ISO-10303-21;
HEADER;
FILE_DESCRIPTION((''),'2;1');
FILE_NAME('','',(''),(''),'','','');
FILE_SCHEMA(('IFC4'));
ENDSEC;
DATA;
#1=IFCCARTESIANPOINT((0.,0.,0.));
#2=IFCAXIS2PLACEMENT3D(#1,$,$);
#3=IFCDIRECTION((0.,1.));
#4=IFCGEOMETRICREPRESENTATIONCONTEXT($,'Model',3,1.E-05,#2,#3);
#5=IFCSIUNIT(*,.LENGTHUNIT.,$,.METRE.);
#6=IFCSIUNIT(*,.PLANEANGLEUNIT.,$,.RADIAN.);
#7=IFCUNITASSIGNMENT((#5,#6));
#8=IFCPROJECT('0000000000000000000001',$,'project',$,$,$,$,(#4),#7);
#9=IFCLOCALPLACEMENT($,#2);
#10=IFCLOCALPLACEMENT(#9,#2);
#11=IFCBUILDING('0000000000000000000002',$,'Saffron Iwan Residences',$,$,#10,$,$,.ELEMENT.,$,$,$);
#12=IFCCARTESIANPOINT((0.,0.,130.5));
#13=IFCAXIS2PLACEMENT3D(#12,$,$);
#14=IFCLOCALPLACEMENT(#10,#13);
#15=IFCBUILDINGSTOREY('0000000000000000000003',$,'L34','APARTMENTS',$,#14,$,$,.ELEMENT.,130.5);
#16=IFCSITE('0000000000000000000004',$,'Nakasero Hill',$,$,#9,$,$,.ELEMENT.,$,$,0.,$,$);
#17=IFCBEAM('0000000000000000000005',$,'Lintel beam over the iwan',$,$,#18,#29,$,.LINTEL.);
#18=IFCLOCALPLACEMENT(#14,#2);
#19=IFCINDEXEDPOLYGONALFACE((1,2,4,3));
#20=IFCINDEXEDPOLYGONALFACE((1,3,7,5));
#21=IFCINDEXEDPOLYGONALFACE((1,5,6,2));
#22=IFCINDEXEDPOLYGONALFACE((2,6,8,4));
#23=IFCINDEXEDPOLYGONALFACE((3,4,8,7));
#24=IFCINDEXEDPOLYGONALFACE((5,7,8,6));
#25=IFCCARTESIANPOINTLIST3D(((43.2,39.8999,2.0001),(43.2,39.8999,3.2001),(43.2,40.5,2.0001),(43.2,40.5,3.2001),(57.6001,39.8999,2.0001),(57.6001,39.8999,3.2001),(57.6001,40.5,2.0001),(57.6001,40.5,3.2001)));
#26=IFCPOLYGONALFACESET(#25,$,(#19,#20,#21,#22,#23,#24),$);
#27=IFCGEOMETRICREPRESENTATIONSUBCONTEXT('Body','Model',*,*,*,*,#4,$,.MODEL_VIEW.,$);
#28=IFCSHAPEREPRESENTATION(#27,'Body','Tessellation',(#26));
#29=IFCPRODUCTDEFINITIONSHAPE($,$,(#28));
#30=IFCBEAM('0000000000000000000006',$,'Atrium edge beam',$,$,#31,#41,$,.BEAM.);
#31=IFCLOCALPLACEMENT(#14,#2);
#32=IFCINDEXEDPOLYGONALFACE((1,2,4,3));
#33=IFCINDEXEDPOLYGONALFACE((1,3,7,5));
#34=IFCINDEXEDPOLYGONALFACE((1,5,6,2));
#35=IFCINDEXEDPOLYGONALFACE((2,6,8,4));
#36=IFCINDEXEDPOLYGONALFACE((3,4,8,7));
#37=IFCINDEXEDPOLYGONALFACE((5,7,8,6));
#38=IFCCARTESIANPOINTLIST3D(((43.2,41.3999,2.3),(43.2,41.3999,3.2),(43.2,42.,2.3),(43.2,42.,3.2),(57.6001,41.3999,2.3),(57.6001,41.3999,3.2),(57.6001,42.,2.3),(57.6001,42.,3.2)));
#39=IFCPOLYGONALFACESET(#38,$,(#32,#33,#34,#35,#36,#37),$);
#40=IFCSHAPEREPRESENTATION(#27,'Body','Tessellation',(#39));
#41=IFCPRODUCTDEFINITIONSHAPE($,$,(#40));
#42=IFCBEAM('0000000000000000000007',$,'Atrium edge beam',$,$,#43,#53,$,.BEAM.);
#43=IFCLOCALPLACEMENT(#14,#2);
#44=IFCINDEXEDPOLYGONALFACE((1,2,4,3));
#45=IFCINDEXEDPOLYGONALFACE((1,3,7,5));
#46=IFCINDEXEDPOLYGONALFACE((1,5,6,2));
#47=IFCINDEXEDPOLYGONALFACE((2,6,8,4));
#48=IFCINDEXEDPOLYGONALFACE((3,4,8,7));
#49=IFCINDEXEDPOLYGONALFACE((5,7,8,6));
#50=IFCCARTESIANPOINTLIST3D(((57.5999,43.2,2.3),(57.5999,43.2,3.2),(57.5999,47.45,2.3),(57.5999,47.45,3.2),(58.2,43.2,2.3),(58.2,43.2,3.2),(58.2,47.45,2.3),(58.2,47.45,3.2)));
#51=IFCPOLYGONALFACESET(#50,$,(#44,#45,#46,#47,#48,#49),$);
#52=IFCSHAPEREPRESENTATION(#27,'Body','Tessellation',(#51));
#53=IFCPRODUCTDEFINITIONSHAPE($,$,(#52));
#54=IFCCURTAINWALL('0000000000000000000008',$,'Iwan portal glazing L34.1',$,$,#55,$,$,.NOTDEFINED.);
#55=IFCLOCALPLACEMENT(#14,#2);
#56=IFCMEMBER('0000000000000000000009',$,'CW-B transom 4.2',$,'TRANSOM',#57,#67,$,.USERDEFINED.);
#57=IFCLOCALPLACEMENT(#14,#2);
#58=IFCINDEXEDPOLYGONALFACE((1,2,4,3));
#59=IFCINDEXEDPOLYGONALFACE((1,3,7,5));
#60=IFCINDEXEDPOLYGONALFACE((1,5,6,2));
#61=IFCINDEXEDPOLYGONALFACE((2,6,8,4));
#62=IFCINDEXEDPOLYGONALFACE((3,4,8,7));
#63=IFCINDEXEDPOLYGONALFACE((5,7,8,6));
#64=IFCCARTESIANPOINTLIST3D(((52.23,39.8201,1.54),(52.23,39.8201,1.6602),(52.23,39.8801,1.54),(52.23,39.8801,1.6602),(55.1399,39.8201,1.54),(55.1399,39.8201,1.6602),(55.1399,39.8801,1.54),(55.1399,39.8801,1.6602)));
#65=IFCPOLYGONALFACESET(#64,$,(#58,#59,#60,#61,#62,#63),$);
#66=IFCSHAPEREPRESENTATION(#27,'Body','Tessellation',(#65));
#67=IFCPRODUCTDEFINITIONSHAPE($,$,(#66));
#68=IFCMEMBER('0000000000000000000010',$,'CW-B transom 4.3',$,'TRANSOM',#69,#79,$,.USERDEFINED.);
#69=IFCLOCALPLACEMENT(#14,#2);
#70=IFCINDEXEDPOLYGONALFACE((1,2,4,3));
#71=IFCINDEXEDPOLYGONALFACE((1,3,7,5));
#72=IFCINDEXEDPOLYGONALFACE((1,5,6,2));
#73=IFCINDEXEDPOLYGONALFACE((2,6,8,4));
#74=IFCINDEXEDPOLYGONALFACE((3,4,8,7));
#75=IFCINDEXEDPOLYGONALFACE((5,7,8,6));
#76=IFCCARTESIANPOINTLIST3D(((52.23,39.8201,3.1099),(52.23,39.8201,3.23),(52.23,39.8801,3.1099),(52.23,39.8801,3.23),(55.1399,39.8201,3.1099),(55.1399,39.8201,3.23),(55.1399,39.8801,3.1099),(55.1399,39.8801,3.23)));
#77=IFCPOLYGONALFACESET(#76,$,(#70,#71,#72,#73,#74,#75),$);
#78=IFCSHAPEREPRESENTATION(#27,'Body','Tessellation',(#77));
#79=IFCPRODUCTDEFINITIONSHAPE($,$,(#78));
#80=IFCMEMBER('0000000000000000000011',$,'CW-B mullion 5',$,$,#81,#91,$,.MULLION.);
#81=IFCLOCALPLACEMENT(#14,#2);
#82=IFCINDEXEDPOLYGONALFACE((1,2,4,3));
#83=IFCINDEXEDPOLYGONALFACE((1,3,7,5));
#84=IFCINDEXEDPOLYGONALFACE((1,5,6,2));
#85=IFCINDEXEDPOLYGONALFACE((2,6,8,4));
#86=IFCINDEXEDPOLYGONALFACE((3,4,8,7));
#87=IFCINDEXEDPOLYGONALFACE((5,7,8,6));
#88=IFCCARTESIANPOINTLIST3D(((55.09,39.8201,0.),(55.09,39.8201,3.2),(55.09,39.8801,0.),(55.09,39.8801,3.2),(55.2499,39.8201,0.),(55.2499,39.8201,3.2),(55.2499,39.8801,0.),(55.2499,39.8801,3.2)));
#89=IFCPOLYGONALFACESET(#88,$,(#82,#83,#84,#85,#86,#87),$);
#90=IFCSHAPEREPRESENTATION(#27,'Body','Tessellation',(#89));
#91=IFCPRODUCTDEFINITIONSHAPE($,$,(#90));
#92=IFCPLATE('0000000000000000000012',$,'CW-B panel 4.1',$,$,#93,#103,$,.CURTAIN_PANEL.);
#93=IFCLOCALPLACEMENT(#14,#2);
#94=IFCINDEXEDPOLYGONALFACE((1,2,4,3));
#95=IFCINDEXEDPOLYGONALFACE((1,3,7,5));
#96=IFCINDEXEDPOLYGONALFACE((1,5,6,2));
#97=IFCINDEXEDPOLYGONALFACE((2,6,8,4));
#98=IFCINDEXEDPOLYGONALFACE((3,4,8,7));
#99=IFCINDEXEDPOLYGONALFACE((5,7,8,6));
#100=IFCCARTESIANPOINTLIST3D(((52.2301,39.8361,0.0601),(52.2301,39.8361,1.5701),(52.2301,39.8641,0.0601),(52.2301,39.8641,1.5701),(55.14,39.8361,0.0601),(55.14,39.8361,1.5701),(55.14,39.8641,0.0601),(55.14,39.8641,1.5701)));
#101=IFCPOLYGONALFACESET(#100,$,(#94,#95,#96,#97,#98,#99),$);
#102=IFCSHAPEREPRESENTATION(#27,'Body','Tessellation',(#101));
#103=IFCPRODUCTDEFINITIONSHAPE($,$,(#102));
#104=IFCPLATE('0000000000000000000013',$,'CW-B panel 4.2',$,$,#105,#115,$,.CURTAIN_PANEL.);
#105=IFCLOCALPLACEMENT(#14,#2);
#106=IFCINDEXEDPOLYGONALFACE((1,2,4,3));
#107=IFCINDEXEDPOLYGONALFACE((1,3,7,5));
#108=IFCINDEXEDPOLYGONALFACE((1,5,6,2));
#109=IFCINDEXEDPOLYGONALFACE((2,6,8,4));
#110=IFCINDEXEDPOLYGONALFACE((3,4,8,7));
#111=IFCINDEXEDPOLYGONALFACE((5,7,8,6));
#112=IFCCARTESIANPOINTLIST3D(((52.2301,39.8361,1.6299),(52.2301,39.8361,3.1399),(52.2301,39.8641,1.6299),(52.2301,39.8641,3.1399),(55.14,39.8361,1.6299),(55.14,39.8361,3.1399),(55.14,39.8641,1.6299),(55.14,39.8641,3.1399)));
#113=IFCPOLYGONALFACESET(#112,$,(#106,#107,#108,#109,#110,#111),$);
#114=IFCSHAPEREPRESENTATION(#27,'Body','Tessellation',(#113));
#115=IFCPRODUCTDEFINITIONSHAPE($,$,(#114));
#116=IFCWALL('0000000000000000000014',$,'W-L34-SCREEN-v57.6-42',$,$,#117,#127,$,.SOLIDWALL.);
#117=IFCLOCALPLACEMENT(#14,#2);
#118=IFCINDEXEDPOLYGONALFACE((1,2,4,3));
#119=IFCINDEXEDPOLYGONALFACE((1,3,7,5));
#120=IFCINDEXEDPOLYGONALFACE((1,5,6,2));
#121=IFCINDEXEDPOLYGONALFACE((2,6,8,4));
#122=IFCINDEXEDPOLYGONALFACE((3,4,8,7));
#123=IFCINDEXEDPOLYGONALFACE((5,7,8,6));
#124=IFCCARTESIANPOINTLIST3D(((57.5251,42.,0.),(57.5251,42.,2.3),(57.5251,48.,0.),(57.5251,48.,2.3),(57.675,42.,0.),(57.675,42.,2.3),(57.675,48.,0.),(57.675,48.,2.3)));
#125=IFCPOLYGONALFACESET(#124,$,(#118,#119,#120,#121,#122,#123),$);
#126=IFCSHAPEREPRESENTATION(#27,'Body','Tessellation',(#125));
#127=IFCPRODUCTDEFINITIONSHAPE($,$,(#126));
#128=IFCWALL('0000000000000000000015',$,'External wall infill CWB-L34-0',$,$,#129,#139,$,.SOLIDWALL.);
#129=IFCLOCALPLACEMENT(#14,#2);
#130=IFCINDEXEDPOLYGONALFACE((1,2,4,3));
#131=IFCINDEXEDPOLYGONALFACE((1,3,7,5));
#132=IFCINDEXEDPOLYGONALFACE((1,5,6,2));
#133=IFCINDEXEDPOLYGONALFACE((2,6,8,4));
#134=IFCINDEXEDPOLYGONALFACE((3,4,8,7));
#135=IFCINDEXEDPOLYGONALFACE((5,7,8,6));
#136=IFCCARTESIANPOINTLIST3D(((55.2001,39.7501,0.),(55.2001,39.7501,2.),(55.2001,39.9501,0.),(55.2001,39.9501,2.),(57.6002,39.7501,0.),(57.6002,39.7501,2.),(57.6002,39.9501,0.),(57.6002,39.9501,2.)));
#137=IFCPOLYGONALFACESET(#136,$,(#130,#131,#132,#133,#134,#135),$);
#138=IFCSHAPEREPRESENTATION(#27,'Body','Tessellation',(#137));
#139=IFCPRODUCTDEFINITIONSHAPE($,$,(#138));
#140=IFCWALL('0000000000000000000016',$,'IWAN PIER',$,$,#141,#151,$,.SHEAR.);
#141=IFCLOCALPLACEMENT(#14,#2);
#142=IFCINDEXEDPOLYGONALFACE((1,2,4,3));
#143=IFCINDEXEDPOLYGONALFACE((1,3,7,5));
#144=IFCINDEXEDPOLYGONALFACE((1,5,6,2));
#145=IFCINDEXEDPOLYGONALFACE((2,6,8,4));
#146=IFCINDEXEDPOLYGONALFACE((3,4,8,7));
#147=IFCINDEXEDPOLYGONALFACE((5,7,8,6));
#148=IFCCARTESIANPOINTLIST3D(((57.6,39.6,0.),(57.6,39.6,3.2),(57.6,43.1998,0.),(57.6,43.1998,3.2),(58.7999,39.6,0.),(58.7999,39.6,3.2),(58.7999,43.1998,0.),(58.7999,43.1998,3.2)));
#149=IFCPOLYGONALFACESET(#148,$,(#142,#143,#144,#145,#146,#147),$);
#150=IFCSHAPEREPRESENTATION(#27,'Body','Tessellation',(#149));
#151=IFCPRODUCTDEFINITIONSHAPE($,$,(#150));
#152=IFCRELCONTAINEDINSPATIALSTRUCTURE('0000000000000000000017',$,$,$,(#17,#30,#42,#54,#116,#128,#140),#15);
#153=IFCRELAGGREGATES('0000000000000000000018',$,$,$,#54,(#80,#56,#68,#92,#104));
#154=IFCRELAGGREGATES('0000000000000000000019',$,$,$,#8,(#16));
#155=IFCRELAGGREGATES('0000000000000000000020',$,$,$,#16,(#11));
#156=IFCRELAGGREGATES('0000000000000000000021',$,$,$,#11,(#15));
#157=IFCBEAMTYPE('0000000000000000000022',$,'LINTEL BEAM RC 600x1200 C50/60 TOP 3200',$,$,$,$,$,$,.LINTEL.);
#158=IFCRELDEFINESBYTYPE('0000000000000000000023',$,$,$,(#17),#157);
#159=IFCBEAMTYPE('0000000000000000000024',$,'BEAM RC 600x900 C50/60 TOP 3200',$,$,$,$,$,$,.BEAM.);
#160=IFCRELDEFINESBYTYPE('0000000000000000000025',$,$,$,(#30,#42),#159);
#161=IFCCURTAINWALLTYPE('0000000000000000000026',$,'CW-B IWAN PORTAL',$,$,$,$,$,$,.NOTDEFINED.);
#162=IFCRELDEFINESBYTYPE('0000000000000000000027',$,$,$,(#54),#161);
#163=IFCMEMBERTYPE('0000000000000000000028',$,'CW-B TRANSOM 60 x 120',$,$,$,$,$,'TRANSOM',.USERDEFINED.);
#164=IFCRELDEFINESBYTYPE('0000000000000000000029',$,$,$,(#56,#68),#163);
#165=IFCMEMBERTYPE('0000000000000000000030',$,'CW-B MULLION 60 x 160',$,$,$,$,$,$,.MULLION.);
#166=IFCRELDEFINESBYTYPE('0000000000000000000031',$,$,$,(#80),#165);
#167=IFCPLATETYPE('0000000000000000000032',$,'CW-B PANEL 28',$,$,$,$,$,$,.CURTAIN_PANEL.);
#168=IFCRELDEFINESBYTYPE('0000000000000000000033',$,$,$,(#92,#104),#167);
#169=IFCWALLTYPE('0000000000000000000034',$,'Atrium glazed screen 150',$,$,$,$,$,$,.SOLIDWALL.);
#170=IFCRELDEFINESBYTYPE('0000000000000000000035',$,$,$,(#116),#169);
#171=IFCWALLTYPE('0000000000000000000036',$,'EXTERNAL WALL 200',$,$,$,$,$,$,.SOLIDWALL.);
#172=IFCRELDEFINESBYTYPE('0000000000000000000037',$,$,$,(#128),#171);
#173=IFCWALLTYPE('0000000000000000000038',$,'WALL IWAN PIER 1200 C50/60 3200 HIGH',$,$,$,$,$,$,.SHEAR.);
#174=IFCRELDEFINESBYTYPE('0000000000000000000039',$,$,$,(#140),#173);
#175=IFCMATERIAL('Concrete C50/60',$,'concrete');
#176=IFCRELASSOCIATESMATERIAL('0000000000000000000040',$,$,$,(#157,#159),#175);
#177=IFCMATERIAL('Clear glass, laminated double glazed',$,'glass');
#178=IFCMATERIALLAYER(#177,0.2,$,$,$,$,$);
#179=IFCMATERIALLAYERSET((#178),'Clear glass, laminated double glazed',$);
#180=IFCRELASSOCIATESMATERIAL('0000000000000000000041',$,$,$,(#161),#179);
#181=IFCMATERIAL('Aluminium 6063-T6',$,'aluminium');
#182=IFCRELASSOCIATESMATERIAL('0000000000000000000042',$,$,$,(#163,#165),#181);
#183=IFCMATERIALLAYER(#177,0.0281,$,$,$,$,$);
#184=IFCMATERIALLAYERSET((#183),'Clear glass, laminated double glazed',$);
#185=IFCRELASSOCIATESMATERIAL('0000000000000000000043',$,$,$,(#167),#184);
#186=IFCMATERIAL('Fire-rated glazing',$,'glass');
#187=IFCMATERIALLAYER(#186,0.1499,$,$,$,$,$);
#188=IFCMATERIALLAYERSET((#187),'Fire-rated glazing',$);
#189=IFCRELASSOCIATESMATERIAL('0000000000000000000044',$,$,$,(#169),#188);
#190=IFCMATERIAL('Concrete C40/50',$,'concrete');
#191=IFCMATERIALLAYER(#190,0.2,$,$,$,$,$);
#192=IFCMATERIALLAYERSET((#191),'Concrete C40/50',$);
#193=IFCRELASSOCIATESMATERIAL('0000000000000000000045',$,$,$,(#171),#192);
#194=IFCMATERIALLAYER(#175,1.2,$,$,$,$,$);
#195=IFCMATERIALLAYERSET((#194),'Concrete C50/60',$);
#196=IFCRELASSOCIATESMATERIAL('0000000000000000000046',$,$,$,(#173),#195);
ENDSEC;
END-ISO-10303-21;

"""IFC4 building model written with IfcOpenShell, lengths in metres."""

from ifc_helpers import new_model, si_unit, direction, frame, frame_2d, origin, origin_2d, place, context, subcontext, project, spatial, rectangle, extrude, source, transform, mapped, material, layer, layer_set, material_profile, profile_set, type_object, element, aggregate, save


model = new_model("IFC4")

# Units and contexts
model_context = context("Model", 3, precision=1e-05, world=origin(), true_north=direction((0.0, 1.0)))
body_context = subcontext(model_context, "Body", "Model", "MODEL_VIEW")
ifc_project = project(units=[si_unit("LENGTHUNIT", "METRE"), si_unit("PLANEANGLEUNIT", "RADIAN")], contexts=[model_context])

# Site, building, storey
site_placement = place(None, origin())
site = spatial("IfcSite", under=ifc_project, at=site_placement, Name="Nakasero Hill", CompositionType="ELEMENT", RefElevation=0.0)
building_placement = place(site_placement, origin())
building = spatial("IfcBuilding", under=site, at=building_placement, Name="Saffron Iwan Residences", CompositionType="ELEMENT")
storey_placement = place(building_placement, frame((0.0, 0.0, 130.5)))
storey = spatial("IfcBuildingStorey", under=building, at=storey_placement, Name="L34", Description="APARTMENTS", CompositionType="ELEMENT", Elevation=130.5)

# Beams
ifc_material_1 = material(Name="Concrete C50/60", Category="concrete")
ifc_material_profile_1 = material_profile(ifc_material_1, rectangle(XDim=0.6001, YDim=1.2, at=origin_2d()), Name="RC 600x1200")
ifc_profile_set_1 = profile_set([ifc_material_profile_1], Name="Concrete C50/60")
beam_type_1 = type_object("IfcBeamType", Name="LINTEL BEAM RC 600x1200 C50/60 TOP 3200", PredefinedType="LINTEL", material=ifc_profile_set_1)
shared_shape_1 = source(origin(), body_context, "Body", "SweptSolid", [
    extrude(rectangle(XDim=0.6001, YDim=1.2, at=origin_2d()), origin(), (0.0, 0.0, 1.0), 14.4001),
])
beam_1_placement = place(storey_placement, frame((57.6001, 40.2, 2.6001), z_axis=(-1.0, 0.0, 0.0), x_axis=(0.0, -1.0, 0.0)))
element("IfcBeam", 1, at=beam_1_placement, inside=storey, type_object=beam_type_1, Name="Lintel beam over the iwan", PredefinedType="LINTEL", context=body_context, shape_type="MappedRepresentation", body=[
    mapped(shared_shape_1, transform((0.0, 0.0, 0.0))),
])
ifc_material_profile_2 = material_profile(ifc_material_1, rectangle(XDim=0.6001, YDim=0.8999, at=origin_2d()), Name="RC 600x900")
ifc_profile_set_2 = profile_set([ifc_material_profile_2], Name="Concrete C50/60")
beam_type_2 = type_object("IfcBeamType", Name="BEAM RC 600x900 C50/60 TOP 3200", PredefinedType="BEAM", material=ifc_profile_set_2)
shared_shape_2 = source(origin(), body_context, "Body", "SweptSolid", [
    extrude(rectangle(XDim=0.6001, YDim=0.8999, at=origin_2d()), origin(), (0.0, 0.0, 1.0), 14.4001),
])
beam_2_placement = place(storey_placement, frame((57.6001, 41.7, 2.75), z_axis=(-1.0, 0.0, 0.0), x_axis=(0.0, -1.0, 0.0)))
element("IfcBeam", 2, at=beam_2_placement, inside=storey, type_object=beam_type_2, Name="Atrium edge beam", PredefinedType="BEAM", context=body_context, shape_type="MappedRepresentation", body=[
    mapped(shared_shape_2, transform((0.0, 0.0, 0.0))),
])
shared_shape_3 = source(origin(), body_context, "Body", "SweptSolid", [
    extrude(rectangle(XDim=0.6001, YDim=0.8999, at=origin_2d()), origin(), (0.0, 0.0, 1.0), 4.25),
])
beam_3_placement = place(storey_placement, frame((57.8999, 47.45, 2.75), z_axis=(0.0, -1.0, 0.0), x_axis=(1.0, 0.0, 0.0)))
element("IfcBeam", 3, at=beam_3_placement, inside=storey, type_object=beam_type_2, Name="Atrium edge beam", PredefinedType="BEAM", context=body_context, shape_type="MappedRepresentation", body=[
    mapped(shared_shape_3, transform((0.0, 0.0, 0.0))),
])

# Curtain wall, members, plates
ifc_material_2 = material(Name="Clear glass, laminated double glazed", Category="glass")
ifc_layer_1 = layer(ifc_material_2, 0.2)
ifc_layer_set_1 = layer_set([ifc_layer_1], Name="Clear glass, laminated double glazed")
curtain_wall_type = type_object("IfcCurtainWallType", Name="CW-B IWAN PORTAL", PredefinedType="NOTDEFINED", material=ifc_layer_set_1)
curtain_wall_placement = place(storey_placement, origin())
curtain_wall = element("IfcCurtainWall", 4, at=curtain_wall_placement, inside=storey, type_object=curtain_wall_type, Name="Iwan portal glazing L34.1", PredefinedType="NOTDEFINED")
ifc_material_3 = material(Name="Aluminium 6063-T6", Category="aluminium")
ifc_material_profile_3 = material_profile(ifc_material_3, rectangle(XDim=0.0601, YDim=0.1201, at=origin_2d()), Name="CW-B TRANSOM 60 x 120")
ifc_profile_set_3 = profile_set([ifc_material_profile_3], Name="Aluminium 6063-T6")
member_type_1 = type_object("IfcMemberType", Name="CW-B TRANSOM 60 x 120", ElementType="TRANSOM", PredefinedType="USERDEFINED", material=ifc_profile_set_3)
shared_shape_4 = source(origin(), body_context, "Body", "SweptSolid", [
    extrude(rectangle(XDim=0.0601, YDim=0.1201, at=origin_2d()), origin(), (0.0, 0.0, 1.0), 2.9099),
])
member_1_placement = place(storey_placement, frame((52.23, 39.8501, 1.6001), z_axis=(1.0, 0.0, 0.0), x_axis=(0.0, 1.0, 0.0)))
member_1 = element("IfcMember", 5, at=member_1_placement, type_object=member_type_1, Name="CW-B transom 4.2", ObjectType="TRANSOM", PredefinedType="USERDEFINED", context=body_context, shape_type="MappedRepresentation", body=[
    mapped(shared_shape_4, transform((0.0, 0.0, 0.0))),
])
member_2_placement = place(storey_placement, frame((52.23, 39.8501, 3.1699), z_axis=(1.0, 0.0, 0.0), x_axis=(0.0, 1.0, 0.0)))
member_2 = element("IfcMember", 6, at=member_2_placement, type_object=member_type_1, Name="CW-B transom 4.3", ObjectType="TRANSOM", PredefinedType="USERDEFINED", context=body_context, shape_type="MappedRepresentation", body=[
    mapped(shared_shape_4, transform((0.0, 0.0, 0.0))),
])
ifc_material_profile_4 = material_profile(ifc_material_3, rectangle(XDim=0.0601, YDim=0.1599, at=origin_2d()), Name="CW-B MULLION 60 x 160")
ifc_profile_set_4 = profile_set([ifc_material_profile_4], Name="Aluminium 6063-T6")
member_type_2 = type_object("IfcMemberType", Name="CW-B MULLION 60 x 160", PredefinedType="MULLION", material=ifc_profile_set_4)
shared_shape_5 = source(origin(), body_context, "Body", "SweptSolid", [
    extrude(rectangle(XDim=0.0601, YDim=0.1599, at=origin_2d()), origin(), (0.0, 0.0, 1.0), 3.2),
])
member_3_placement = place(storey_placement, frame((55.1699, 39.8501, 0.0), z_axis=(0.0, 0.0, 1.0), x_axis=(0.0, 1.0, 0.0)))
member_3 = element("IfcMember", 7, at=member_3_placement, type_object=member_type_2, Name="CW-B mullion 5", PredefinedType="MULLION", context=body_context, shape_type="MappedRepresentation", body=[
    mapped(shared_shape_5, transform((0.0, 0.0, 0.0))),
])
ifc_layer_2 = layer(ifc_material_2, 0.0281)
ifc_layer_set_2 = layer_set([ifc_layer_2], Name="Clear glass, laminated double glazed")
plate_type = type_object("IfcPlateType", Name="CW-B PANEL 28", PredefinedType="CURTAIN_PANEL", material=ifc_layer_set_2)
shared_shape_6 = source(origin(), body_context, "Body", "SweptSolid", [
    extrude(rectangle(XDim=2.9099, YDim=0.0281, at=origin_2d()), origin(), (0.0, 0.0, 1.0), 1.51),
])
plate_1_placement = place(storey_placement, frame((53.6851, 39.8501, 0.0601), z_axis=(0.0, 0.0, 1.0), x_axis=(1.0, 0.0, 0.0)))
plate_1 = element("IfcPlate", 8, at=plate_1_placement, type_object=plate_type, Name="CW-B panel 4.1", PredefinedType="CURTAIN_PANEL", context=body_context, shape_type="MappedRepresentation", body=[
    mapped(shared_shape_6, transform((0.0, 0.0, 0.0))),
])
plate_2_placement = place(storey_placement, frame((53.6851, 39.8501, 1.6299), z_axis=(0.0, 0.0, 1.0), x_axis=(1.0, 0.0, 0.0)))
plate_2 = element("IfcPlate", 9, at=plate_2_placement, type_object=plate_type, Name="CW-B panel 4.2", PredefinedType="CURTAIN_PANEL", context=body_context, shape_type="MappedRepresentation", body=[
    mapped(shared_shape_6, transform((0.0, 0.0, 0.0))),
])
aggregate(curtain_wall, [member_3, member_1, member_2, plate_1, plate_2])

# Walls
ifc_material_4 = material(Name="Fire-rated glazing", Category="glass")
ifc_layer_3 = layer(ifc_material_4, 0.1499)
ifc_layer_set_3 = layer_set([ifc_layer_3], Name="Fire-rated glazing")
wall_type_1 = type_object("IfcWallType", Name="Atrium glazed screen 150", PredefinedType="SOLIDWALL", material=ifc_layer_set_3)
wall_1_placement = place(storey_placement, frame((57.6001, 42.0, 0.0), z_axis=(0.0, 0.0, 1.0), x_axis=(0.0, 1.0, 0.0)))
element("IfcWall", 10, at=wall_1_placement, inside=storey, type_object=wall_type_1, Name="W-L34-SCREEN-v57.6-42", PredefinedType="SOLIDWALL", context=body_context, shape_type="SweptSolid", body=[
    extrude(rectangle(XDim=6.0, YDim=0.1499, at=frame_2d((3.0, 0.0))), origin(), (0.0, 0.0, 1.0), 2.3),
])
ifc_material_5 = material(Name="Concrete C40/50", Category="concrete")
ifc_layer_4 = layer(ifc_material_5, 0.2)
ifc_layer_set_4 = layer_set([ifc_layer_4], Name="Concrete C40/50")
wall_type_2 = type_object("IfcWallType", Name="EXTERNAL WALL 200", PredefinedType="SOLIDWALL", material=ifc_layer_set_4)
wall_2_placement = place(storey_placement, frame((55.2, 39.8501, 0.0), z_axis=(0.0, 0.0, 1.0), x_axis=(1.0, 0.0, 0.0)))
element("IfcWall", 11, at=wall_2_placement, inside=storey, type_object=wall_type_2, Name="External wall infill CWB-L34-0", PredefinedType="SOLIDWALL", context=body_context, shape_type="SweptSolid", body=[
    extrude(rectangle(XDim=2.4001, YDim=0.2, at=frame_2d((1.2002, 0.0))), origin(), (0.0, 0.0, 1.0), 2.0),
])
ifc_layer_5 = layer(ifc_material_1, 1.2)
ifc_layer_set_5 = layer_set([ifc_layer_5], Name="Concrete C50/60")
wall_type_3 = type_object("IfcWallType", Name="WALL IWAN PIER 1200 C50/60 3200 HIGH", PredefinedType="SHEAR", material=ifc_layer_set_5)
wall_3_placement = place(storey_placement, frame((58.2, 39.6001, 0.0), z_axis=(0.0, 0.0, 1.0), x_axis=(0.0, 1.0, 0.0)))
element("IfcWall", 12, at=wall_3_placement, inside=storey, type_object=wall_type_3, Name="IWAN PIER", PredefinedType="SHEAR", context=body_context, shape_type="SweptSolid", body=[
    extrude(rectangle(XDim=3.5999, YDim=1.2, at=frame_2d((1.7998, 0.0))), origin(), (0.0, 0.0, 1.0), 3.2),
])

save(model, "model.ifc")
